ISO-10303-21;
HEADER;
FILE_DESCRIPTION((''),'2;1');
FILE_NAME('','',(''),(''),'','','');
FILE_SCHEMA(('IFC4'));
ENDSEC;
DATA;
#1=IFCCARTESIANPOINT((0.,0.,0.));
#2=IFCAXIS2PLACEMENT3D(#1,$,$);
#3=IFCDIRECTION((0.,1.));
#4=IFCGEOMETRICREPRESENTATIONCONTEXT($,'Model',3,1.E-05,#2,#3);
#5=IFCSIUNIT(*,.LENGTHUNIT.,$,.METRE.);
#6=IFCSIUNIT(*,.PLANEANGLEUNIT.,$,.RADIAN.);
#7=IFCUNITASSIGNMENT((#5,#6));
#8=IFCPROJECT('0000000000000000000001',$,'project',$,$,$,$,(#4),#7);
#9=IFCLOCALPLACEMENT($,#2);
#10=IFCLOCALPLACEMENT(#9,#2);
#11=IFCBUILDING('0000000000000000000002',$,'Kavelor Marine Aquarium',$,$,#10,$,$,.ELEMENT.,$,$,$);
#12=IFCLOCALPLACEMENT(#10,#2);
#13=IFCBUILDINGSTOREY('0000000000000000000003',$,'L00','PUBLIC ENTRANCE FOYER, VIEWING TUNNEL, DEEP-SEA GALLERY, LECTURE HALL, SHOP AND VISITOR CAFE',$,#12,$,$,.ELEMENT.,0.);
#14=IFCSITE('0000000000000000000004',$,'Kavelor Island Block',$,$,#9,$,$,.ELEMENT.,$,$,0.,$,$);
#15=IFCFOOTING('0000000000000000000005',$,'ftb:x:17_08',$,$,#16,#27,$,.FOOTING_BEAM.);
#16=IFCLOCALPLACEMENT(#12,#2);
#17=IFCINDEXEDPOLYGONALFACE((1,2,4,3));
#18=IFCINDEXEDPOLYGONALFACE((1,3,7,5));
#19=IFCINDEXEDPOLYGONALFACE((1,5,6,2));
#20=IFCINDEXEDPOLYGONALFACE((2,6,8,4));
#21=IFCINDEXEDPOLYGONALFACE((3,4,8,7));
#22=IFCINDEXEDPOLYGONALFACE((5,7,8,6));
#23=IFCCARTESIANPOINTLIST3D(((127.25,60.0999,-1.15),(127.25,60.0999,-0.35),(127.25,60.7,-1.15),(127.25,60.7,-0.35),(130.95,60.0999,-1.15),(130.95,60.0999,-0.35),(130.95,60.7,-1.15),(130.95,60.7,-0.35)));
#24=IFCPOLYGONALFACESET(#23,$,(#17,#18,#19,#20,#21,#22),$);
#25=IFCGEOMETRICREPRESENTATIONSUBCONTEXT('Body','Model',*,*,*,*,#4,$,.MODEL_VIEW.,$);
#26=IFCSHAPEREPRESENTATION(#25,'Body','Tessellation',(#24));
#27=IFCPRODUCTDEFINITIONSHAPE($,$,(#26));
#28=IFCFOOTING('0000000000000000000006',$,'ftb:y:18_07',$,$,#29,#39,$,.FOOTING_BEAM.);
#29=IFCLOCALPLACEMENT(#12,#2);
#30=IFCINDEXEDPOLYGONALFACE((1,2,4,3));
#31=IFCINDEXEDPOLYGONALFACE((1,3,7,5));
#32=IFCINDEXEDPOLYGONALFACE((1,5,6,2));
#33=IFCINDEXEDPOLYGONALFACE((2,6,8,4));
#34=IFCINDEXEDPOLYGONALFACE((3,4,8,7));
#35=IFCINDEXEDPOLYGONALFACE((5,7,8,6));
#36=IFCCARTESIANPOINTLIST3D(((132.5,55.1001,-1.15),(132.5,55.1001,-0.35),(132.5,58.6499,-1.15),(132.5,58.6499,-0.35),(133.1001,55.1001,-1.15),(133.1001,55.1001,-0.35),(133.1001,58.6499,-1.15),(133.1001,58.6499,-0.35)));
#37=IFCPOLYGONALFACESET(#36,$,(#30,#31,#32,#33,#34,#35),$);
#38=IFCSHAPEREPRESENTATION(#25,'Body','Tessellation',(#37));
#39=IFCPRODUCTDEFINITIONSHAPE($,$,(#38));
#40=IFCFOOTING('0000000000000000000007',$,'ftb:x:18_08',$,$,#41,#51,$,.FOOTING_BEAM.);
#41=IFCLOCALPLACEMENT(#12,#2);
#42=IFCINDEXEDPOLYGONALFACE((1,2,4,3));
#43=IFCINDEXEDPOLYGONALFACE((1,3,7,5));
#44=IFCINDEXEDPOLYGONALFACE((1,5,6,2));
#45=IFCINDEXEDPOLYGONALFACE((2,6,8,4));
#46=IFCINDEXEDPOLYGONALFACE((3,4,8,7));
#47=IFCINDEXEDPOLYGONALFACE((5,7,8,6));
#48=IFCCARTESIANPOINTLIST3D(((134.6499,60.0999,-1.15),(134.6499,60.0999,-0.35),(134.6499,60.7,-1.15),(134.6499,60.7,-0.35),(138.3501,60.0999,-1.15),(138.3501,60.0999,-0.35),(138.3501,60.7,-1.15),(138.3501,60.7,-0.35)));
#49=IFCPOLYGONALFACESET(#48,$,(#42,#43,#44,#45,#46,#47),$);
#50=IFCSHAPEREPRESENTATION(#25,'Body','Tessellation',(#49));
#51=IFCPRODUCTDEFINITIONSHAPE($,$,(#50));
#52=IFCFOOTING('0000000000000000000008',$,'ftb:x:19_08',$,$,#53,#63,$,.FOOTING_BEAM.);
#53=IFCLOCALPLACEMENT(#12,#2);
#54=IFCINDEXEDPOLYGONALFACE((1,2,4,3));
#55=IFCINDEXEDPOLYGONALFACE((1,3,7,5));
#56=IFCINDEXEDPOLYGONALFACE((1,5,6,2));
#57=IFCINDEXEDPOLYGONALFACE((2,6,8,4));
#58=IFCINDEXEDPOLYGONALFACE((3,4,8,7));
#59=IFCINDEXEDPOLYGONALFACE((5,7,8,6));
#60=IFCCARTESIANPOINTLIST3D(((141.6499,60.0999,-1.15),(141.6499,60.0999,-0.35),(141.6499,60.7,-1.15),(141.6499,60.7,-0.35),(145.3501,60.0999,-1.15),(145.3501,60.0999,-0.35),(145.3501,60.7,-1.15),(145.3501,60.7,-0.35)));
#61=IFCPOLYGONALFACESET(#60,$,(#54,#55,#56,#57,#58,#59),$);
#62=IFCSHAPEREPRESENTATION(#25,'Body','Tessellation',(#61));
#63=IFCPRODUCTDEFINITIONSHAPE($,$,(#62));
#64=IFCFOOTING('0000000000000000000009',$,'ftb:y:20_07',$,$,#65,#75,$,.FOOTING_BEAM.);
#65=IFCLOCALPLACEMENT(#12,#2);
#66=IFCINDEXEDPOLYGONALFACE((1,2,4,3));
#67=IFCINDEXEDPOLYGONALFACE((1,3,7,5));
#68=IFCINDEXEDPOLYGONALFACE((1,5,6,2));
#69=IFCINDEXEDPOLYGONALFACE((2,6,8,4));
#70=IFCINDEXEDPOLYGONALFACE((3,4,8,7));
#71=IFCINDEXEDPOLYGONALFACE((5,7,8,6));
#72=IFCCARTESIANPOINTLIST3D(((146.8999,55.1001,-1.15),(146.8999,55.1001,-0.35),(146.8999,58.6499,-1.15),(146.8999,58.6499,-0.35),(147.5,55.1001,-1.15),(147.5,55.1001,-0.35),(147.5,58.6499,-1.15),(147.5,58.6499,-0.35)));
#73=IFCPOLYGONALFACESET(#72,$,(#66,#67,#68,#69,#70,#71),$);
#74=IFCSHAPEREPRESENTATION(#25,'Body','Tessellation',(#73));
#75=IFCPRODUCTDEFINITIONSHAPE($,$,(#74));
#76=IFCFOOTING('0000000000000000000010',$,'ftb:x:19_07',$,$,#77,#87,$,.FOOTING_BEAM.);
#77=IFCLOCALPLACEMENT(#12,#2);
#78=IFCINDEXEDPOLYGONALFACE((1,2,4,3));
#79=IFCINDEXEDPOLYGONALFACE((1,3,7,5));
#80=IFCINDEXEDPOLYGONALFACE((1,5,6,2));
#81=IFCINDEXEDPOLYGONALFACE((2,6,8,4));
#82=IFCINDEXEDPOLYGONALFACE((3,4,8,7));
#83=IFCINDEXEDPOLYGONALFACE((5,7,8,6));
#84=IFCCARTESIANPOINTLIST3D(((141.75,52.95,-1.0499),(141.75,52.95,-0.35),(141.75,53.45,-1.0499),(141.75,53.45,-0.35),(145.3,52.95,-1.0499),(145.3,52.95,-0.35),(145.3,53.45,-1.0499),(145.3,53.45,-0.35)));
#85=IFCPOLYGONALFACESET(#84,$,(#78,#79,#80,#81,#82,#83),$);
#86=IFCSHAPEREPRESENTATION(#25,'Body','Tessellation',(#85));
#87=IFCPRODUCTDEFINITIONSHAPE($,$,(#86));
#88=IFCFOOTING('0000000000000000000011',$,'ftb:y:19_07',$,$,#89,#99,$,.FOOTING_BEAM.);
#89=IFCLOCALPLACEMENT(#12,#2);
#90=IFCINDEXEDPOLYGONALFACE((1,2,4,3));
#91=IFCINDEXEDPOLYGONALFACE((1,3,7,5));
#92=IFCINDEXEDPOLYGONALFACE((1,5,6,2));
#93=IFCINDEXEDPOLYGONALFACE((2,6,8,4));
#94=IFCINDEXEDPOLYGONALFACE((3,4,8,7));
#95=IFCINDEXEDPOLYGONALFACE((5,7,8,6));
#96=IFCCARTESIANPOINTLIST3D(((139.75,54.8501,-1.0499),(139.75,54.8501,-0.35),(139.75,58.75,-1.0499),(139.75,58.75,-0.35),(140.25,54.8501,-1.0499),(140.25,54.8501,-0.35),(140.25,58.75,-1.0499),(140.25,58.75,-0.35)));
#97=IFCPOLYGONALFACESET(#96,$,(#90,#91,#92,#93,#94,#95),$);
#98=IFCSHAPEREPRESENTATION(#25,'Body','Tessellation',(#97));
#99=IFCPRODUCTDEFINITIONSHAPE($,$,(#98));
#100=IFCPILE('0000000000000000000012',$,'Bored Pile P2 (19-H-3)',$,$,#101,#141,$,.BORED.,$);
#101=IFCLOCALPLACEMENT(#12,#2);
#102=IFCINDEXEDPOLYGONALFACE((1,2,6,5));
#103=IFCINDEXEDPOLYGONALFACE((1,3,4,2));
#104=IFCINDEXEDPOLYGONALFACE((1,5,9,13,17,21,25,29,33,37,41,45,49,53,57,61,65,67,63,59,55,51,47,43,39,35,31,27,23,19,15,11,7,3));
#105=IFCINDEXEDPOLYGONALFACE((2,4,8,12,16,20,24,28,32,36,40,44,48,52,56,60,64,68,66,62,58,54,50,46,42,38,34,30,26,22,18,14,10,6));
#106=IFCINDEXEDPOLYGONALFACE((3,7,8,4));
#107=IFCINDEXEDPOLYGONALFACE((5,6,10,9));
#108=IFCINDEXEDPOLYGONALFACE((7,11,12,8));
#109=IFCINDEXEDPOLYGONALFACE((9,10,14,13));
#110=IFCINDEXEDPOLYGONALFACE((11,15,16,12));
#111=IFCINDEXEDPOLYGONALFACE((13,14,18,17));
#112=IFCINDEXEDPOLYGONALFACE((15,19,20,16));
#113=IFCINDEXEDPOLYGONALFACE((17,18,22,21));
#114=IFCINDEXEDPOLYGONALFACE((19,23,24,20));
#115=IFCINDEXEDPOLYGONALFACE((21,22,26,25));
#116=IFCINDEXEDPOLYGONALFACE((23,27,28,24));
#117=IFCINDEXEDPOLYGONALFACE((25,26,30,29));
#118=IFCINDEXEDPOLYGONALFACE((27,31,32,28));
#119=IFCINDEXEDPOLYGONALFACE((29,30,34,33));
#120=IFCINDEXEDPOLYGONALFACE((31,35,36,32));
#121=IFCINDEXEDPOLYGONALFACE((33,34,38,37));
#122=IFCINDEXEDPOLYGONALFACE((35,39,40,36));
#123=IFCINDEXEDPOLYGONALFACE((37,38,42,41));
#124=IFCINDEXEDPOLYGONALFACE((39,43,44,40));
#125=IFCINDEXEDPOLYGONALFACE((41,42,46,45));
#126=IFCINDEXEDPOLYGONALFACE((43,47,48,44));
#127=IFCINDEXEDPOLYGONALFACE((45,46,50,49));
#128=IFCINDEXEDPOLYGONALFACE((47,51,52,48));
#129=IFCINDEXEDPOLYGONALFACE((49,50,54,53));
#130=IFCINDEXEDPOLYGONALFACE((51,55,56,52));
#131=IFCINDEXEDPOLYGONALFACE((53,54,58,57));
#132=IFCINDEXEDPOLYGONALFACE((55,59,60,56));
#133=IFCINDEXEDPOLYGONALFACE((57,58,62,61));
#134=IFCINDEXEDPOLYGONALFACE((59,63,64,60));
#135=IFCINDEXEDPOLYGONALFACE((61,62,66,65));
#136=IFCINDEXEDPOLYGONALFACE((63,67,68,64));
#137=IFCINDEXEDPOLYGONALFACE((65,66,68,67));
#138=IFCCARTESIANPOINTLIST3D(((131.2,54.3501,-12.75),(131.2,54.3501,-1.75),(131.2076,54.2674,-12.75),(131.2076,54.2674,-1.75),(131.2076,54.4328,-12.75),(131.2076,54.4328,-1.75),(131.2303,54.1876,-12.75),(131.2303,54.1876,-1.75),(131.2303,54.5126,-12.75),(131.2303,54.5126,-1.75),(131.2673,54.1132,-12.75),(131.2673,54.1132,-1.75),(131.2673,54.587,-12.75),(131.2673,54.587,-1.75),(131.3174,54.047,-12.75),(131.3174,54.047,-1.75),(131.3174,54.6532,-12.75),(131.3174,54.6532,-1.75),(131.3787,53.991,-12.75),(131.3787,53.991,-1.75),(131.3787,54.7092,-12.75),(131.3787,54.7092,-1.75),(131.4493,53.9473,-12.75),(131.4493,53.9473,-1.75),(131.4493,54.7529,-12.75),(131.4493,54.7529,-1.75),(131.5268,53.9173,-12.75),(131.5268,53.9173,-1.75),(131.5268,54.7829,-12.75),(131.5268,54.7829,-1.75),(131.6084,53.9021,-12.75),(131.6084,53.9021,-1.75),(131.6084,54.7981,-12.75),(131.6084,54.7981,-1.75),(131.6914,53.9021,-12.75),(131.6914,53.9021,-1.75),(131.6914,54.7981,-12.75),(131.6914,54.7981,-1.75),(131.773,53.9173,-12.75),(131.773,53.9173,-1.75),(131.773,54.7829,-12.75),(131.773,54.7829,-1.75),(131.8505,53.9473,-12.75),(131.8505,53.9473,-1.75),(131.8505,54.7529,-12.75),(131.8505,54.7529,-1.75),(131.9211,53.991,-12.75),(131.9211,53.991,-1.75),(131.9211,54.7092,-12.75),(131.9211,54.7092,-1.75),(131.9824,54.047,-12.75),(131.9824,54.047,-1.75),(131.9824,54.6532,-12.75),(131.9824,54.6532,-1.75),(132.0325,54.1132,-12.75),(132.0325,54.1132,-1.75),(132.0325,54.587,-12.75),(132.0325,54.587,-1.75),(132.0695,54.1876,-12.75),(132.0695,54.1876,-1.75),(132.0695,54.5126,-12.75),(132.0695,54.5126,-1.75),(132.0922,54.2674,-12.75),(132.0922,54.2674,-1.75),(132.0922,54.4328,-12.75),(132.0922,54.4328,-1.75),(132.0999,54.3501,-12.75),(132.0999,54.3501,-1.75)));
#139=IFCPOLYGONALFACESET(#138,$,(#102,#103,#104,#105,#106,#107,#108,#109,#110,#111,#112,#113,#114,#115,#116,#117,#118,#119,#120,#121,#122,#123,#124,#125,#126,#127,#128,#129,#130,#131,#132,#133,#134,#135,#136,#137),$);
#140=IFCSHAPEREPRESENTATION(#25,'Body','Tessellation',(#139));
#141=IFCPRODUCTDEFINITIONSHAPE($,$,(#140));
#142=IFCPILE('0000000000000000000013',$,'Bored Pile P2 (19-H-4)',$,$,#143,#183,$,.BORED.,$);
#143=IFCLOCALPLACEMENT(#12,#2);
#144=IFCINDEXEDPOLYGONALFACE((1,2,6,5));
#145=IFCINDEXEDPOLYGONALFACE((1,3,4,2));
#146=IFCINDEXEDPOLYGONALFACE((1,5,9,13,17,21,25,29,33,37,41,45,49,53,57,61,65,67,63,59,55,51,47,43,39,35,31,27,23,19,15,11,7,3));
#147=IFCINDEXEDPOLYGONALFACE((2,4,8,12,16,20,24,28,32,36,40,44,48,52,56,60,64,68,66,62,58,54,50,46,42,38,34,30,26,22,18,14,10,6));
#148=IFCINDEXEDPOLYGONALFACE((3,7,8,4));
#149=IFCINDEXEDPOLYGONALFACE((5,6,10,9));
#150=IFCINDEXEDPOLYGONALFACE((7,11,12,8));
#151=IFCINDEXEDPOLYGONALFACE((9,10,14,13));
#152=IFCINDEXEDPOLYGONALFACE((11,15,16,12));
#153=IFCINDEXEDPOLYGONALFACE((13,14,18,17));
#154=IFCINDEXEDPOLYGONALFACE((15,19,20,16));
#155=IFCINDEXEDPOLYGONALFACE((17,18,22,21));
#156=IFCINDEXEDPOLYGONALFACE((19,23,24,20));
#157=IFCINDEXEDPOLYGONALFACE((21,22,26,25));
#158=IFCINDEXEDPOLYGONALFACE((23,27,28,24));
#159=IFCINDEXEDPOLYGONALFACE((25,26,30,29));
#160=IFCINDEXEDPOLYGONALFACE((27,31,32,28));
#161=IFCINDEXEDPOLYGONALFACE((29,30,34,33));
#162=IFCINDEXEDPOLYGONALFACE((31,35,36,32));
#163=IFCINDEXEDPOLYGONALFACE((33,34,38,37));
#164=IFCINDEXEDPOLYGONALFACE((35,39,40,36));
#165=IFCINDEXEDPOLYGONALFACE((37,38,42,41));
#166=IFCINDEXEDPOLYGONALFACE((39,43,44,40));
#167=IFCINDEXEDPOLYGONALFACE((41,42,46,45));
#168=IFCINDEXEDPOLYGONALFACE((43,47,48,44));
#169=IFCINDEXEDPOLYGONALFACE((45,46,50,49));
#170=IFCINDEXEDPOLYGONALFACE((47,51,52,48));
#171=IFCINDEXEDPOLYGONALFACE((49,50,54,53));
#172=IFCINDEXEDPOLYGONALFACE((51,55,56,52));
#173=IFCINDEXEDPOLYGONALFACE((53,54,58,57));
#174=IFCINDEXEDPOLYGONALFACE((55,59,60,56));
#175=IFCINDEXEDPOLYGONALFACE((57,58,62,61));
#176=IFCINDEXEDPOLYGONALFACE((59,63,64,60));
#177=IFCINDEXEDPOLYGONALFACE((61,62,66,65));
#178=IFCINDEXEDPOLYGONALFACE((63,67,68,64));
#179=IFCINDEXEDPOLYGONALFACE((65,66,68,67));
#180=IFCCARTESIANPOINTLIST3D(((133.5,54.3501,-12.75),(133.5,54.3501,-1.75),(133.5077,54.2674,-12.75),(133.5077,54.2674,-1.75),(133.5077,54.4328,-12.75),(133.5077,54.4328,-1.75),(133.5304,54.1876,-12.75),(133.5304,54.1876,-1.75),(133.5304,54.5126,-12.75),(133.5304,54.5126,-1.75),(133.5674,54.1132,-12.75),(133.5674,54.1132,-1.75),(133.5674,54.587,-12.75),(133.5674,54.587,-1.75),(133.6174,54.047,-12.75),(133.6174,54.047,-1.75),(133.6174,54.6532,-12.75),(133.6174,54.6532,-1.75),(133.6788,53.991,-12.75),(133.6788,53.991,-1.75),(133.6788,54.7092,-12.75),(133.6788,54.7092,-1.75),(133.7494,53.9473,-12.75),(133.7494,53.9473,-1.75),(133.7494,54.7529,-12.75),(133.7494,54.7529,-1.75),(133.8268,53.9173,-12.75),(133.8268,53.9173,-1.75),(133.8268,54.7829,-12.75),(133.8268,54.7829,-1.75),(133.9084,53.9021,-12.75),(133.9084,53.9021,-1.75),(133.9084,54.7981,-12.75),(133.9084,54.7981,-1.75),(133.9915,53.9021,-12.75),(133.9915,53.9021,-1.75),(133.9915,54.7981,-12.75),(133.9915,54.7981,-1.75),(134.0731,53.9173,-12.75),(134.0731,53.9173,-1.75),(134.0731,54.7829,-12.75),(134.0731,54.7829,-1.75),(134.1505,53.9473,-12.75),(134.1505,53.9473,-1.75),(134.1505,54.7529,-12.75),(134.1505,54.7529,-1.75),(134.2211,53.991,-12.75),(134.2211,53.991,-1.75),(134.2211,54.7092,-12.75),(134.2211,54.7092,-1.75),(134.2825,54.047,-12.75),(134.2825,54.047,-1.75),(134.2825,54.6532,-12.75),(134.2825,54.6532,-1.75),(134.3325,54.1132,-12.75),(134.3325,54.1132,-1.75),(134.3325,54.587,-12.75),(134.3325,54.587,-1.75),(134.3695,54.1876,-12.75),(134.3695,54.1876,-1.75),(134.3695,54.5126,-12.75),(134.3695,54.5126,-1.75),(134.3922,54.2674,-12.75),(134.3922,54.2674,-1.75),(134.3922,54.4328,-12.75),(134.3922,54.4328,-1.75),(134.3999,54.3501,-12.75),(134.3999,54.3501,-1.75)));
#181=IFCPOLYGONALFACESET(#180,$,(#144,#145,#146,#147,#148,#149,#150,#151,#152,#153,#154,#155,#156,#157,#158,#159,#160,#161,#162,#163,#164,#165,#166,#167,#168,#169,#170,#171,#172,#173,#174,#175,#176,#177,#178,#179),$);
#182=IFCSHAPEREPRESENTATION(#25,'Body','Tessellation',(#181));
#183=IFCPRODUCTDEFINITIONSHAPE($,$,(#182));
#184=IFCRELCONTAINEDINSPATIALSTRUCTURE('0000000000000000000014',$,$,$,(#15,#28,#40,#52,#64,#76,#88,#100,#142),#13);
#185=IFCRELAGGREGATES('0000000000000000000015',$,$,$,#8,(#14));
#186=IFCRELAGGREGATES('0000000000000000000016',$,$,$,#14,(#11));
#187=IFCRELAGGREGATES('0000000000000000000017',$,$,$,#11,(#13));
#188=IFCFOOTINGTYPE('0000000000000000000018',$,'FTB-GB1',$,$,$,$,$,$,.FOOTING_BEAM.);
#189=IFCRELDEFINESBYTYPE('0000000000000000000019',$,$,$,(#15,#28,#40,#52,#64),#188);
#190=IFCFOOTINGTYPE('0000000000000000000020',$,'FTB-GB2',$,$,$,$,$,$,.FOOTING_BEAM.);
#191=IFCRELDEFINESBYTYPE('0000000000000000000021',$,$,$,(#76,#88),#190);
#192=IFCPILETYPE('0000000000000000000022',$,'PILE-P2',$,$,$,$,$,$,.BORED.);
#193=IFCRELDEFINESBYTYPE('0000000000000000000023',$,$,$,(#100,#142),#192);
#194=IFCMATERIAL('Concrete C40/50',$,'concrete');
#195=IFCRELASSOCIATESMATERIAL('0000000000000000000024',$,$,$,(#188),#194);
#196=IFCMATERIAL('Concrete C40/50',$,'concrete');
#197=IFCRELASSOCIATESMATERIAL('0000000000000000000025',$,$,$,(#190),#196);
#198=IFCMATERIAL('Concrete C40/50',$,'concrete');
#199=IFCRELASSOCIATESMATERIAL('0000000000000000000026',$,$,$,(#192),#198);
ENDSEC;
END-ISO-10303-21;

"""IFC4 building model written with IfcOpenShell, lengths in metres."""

from ifc_helpers import new_model, si_unit, direction, frame, origin, origin_2d, place, context, subcontext, project, spatial, rectangle, circle, extrude, material, material_profile, profile_set, type_object, element, save


model = new_model("IFC4")

# Units and contexts
model_context = context("Model", 3, precision=1e-05, world=origin(), true_north=direction((0.0, 1.0)))
body_context = subcontext(model_context, "Body", "Model", "MODEL_VIEW")
ifc_project = project(units=[si_unit("LENGTHUNIT", "METRE"), si_unit("PLANEANGLEUNIT", "RADIAN")], contexts=[model_context])

# Site, building, storey
site_placement = place(None, origin())
site = spatial("IfcSite", under=ifc_project, at=site_placement, Name="Kavelor Island Block", CompositionType="ELEMENT", RefElevation=0.0)
building_placement = place(site_placement, origin())
building = spatial("IfcBuilding", under=site, at=building_placement, Name="Kavelor Marine Aquarium", CompositionType="ELEMENT")
storey_placement = place(building_placement, origin())
storey = spatial("IfcBuildingStorey", under=building, at=storey_placement, Name="L00", Description="PUBLIC ENTRANCE FOYER, VIEWING TUNNEL, DEEP-SEA GALLERY, LECTURE HALL, SHOP AND VISITOR CAFE", CompositionType="ELEMENT", Elevation=0.0)

# Footings
ifc_material_1 = material(Name="Concrete C40/50", Category="concrete")
ifc_material_profile_1 = material_profile(ifc_material_1, rectangle(XDim=0.6001, YDim=0.8, at=origin_2d()), Name="GB 600x800")
ifc_profile_set_1 = profile_set([ifc_material_profile_1], Name="Concrete C40/50")
footing_type_1 = type_object("IfcFootingType", Name="FTB-GB1", PredefinedType="FOOTING_BEAM", material=ifc_profile_set_1)
footing_1_placement = place(storey_placement, frame((127.25, 60.3999, -0.75), z_axis=(1.0, 0.0, 0.0), x_axis=(0.0, 1.0, 0.0)))
element("IfcFooting", 1, at=footing_1_placement, inside=storey, type_object=footing_type_1, Name="ftb:x:17_08", PredefinedType="FOOTING_BEAM", context=body_context, shape_type="SweptSolid", body=[
    extrude(rectangle(XDim=0.6001, YDim=0.8, at=origin_2d()), origin(), (0.0, 0.0, 1.0), 3.7),
])
footing_2_placement = place(storey_placement, frame((132.8, 55.1001, -0.75), z_axis=(0.0, 1.0, 0.0), x_axis=(-1.0, 0.0, 0.0)))
element("IfcFooting", 2, at=footing_2_placement, inside=storey, type_object=footing_type_1, Name="ftb:y:18_07", PredefinedType="FOOTING_BEAM", context=body_context, shape_type="SweptSolid", body=[
    extrude(rectangle(XDim=0.6001, YDim=0.8, at=origin_2d()), origin(), (0.0, 0.0, 1.0), 3.5498),
])
for number, where, z_axis, x_axis, name in (
    (3, (134.6499, 60.3999, -0.75), (1.0, 0.0, 0.0), (0.0, 1.0, 0.0), "ftb:x:18_08"),
    (4, (141.6499, 60.3999, -0.75), (1.0, 0.0, 0.0), (0.0, 1.0, 0.0), "ftb:x:19_08"),
):
    element("IfcFooting", number, at=place(storey_placement, frame(where, z_axis=z_axis, x_axis=x_axis)), inside=storey, type_object=footing_type_1, Name=name, PredefinedType="FOOTING_BEAM", context=body_context, shape_type="SweptSolid", body=[
        extrude(rectangle(XDim=0.6001, YDim=0.8, at=origin_2d()), origin(), (0.0, 0.0, 1.0), 3.7002),
    ])
footing_3_placement = place(storey_placement, frame((147.2, 55.1001, -0.75), z_axis=(0.0, 1.0, 0.0), x_axis=(-1.0, 0.0, 0.0)))
element("IfcFooting", 5, at=footing_3_placement, inside=storey, type_object=footing_type_1, Name="ftb:y:20_07", PredefinedType="FOOTING_BEAM", context=body_context, shape_type="SweptSolid", body=[
    extrude(rectangle(XDim=0.6001, YDim=0.8, at=origin_2d()), origin(), (0.0, 0.0, 1.0), 3.5498),
])
ifc_material_2 = material(Name="Concrete C40/50", Category="concrete")
ifc_material_profile_2 = material_profile(ifc_material_2, rectangle(XDim=0.5, YDim=0.7, at=origin_2d()), Name="GB 500x700")
ifc_profile_set_2 = profile_set([ifc_material_profile_2], Name="Concrete C40/50")
footing_type_2 = type_object("IfcFootingType", Name="FTB-GB2", PredefinedType="FOOTING_BEAM", material=ifc_profile_set_2)
footing_4_placement = place(storey_placement, frame((141.75, 53.2, -0.7), z_axis=(1.0, 0.0, 0.0), x_axis=(0.0, 1.0, 0.0)))
element("IfcFooting", 6, at=footing_4_placement, inside=storey, type_object=footing_type_2, Name="ftb:x:19_07", PredefinedType="FOOTING_BEAM", context=body_context, shape_type="SweptSolid", body=[
    extrude(rectangle(XDim=0.5, YDim=0.7, at=origin_2d()), origin(), (0.0, 0.0, 1.0), 3.55),
])
footing_5_placement = place(storey_placement, frame((140.0, 54.8501, -0.7), z_axis=(0.0, 1.0, 0.0), x_axis=(-1.0, 0.0, 0.0)))
element("IfcFooting", 7, at=footing_5_placement, inside=storey, type_object=footing_type_2, Name="ftb:y:19_07", PredefinedType="FOOTING_BEAM", context=body_context, shape_type="SweptSolid", body=[
    extrude(rectangle(XDim=0.5, YDim=0.7, at=origin_2d()), origin(), (0.0, 0.0, 1.0), 3.8999),
])

# Piles
ifc_material_3 = material(Name="Concrete C40/50", Category="concrete")
ifc_material_profile_3 = material_profile(ifc_material_3, circle(Radius=0.45, at=origin_2d()), Name="PILE D900")
ifc_profile_set_3 = profile_set([ifc_material_profile_3], Name="Concrete C40/50")
pile_type_1 = type_object("IfcPileType", Name="PILE-P2", PredefinedType="BORED", material=ifc_profile_set_3)
for number, where, z_axis, x_axis, name in (
    (8, (131.6499, 54.3501, -1.75), (0.0, 0.0, -1.0), (1.0, 0.0, 0.0), "Bored Pile P2 (19-H-3)"),
    (9, (133.95, 54.3501, -1.75), (0.0, 0.0, -1.0), (1.0, 0.0, 0.0), "Bored Pile P2 (19-H-4)"),
):
    element("IfcPile", number, at=place(storey_placement, frame(where, z_axis=z_axis, x_axis=x_axis)), inside=storey, type_object=pile_type_1, Name=name, PredefinedType="BORED", context=body_context, shape_type="SweptSolid", body=[
        extrude(circle(Radius=0.45, at=origin_2d()), origin(), (0.0, 0.0, 1.0), 11.0),
    ])

save(model, "model.ifc")
